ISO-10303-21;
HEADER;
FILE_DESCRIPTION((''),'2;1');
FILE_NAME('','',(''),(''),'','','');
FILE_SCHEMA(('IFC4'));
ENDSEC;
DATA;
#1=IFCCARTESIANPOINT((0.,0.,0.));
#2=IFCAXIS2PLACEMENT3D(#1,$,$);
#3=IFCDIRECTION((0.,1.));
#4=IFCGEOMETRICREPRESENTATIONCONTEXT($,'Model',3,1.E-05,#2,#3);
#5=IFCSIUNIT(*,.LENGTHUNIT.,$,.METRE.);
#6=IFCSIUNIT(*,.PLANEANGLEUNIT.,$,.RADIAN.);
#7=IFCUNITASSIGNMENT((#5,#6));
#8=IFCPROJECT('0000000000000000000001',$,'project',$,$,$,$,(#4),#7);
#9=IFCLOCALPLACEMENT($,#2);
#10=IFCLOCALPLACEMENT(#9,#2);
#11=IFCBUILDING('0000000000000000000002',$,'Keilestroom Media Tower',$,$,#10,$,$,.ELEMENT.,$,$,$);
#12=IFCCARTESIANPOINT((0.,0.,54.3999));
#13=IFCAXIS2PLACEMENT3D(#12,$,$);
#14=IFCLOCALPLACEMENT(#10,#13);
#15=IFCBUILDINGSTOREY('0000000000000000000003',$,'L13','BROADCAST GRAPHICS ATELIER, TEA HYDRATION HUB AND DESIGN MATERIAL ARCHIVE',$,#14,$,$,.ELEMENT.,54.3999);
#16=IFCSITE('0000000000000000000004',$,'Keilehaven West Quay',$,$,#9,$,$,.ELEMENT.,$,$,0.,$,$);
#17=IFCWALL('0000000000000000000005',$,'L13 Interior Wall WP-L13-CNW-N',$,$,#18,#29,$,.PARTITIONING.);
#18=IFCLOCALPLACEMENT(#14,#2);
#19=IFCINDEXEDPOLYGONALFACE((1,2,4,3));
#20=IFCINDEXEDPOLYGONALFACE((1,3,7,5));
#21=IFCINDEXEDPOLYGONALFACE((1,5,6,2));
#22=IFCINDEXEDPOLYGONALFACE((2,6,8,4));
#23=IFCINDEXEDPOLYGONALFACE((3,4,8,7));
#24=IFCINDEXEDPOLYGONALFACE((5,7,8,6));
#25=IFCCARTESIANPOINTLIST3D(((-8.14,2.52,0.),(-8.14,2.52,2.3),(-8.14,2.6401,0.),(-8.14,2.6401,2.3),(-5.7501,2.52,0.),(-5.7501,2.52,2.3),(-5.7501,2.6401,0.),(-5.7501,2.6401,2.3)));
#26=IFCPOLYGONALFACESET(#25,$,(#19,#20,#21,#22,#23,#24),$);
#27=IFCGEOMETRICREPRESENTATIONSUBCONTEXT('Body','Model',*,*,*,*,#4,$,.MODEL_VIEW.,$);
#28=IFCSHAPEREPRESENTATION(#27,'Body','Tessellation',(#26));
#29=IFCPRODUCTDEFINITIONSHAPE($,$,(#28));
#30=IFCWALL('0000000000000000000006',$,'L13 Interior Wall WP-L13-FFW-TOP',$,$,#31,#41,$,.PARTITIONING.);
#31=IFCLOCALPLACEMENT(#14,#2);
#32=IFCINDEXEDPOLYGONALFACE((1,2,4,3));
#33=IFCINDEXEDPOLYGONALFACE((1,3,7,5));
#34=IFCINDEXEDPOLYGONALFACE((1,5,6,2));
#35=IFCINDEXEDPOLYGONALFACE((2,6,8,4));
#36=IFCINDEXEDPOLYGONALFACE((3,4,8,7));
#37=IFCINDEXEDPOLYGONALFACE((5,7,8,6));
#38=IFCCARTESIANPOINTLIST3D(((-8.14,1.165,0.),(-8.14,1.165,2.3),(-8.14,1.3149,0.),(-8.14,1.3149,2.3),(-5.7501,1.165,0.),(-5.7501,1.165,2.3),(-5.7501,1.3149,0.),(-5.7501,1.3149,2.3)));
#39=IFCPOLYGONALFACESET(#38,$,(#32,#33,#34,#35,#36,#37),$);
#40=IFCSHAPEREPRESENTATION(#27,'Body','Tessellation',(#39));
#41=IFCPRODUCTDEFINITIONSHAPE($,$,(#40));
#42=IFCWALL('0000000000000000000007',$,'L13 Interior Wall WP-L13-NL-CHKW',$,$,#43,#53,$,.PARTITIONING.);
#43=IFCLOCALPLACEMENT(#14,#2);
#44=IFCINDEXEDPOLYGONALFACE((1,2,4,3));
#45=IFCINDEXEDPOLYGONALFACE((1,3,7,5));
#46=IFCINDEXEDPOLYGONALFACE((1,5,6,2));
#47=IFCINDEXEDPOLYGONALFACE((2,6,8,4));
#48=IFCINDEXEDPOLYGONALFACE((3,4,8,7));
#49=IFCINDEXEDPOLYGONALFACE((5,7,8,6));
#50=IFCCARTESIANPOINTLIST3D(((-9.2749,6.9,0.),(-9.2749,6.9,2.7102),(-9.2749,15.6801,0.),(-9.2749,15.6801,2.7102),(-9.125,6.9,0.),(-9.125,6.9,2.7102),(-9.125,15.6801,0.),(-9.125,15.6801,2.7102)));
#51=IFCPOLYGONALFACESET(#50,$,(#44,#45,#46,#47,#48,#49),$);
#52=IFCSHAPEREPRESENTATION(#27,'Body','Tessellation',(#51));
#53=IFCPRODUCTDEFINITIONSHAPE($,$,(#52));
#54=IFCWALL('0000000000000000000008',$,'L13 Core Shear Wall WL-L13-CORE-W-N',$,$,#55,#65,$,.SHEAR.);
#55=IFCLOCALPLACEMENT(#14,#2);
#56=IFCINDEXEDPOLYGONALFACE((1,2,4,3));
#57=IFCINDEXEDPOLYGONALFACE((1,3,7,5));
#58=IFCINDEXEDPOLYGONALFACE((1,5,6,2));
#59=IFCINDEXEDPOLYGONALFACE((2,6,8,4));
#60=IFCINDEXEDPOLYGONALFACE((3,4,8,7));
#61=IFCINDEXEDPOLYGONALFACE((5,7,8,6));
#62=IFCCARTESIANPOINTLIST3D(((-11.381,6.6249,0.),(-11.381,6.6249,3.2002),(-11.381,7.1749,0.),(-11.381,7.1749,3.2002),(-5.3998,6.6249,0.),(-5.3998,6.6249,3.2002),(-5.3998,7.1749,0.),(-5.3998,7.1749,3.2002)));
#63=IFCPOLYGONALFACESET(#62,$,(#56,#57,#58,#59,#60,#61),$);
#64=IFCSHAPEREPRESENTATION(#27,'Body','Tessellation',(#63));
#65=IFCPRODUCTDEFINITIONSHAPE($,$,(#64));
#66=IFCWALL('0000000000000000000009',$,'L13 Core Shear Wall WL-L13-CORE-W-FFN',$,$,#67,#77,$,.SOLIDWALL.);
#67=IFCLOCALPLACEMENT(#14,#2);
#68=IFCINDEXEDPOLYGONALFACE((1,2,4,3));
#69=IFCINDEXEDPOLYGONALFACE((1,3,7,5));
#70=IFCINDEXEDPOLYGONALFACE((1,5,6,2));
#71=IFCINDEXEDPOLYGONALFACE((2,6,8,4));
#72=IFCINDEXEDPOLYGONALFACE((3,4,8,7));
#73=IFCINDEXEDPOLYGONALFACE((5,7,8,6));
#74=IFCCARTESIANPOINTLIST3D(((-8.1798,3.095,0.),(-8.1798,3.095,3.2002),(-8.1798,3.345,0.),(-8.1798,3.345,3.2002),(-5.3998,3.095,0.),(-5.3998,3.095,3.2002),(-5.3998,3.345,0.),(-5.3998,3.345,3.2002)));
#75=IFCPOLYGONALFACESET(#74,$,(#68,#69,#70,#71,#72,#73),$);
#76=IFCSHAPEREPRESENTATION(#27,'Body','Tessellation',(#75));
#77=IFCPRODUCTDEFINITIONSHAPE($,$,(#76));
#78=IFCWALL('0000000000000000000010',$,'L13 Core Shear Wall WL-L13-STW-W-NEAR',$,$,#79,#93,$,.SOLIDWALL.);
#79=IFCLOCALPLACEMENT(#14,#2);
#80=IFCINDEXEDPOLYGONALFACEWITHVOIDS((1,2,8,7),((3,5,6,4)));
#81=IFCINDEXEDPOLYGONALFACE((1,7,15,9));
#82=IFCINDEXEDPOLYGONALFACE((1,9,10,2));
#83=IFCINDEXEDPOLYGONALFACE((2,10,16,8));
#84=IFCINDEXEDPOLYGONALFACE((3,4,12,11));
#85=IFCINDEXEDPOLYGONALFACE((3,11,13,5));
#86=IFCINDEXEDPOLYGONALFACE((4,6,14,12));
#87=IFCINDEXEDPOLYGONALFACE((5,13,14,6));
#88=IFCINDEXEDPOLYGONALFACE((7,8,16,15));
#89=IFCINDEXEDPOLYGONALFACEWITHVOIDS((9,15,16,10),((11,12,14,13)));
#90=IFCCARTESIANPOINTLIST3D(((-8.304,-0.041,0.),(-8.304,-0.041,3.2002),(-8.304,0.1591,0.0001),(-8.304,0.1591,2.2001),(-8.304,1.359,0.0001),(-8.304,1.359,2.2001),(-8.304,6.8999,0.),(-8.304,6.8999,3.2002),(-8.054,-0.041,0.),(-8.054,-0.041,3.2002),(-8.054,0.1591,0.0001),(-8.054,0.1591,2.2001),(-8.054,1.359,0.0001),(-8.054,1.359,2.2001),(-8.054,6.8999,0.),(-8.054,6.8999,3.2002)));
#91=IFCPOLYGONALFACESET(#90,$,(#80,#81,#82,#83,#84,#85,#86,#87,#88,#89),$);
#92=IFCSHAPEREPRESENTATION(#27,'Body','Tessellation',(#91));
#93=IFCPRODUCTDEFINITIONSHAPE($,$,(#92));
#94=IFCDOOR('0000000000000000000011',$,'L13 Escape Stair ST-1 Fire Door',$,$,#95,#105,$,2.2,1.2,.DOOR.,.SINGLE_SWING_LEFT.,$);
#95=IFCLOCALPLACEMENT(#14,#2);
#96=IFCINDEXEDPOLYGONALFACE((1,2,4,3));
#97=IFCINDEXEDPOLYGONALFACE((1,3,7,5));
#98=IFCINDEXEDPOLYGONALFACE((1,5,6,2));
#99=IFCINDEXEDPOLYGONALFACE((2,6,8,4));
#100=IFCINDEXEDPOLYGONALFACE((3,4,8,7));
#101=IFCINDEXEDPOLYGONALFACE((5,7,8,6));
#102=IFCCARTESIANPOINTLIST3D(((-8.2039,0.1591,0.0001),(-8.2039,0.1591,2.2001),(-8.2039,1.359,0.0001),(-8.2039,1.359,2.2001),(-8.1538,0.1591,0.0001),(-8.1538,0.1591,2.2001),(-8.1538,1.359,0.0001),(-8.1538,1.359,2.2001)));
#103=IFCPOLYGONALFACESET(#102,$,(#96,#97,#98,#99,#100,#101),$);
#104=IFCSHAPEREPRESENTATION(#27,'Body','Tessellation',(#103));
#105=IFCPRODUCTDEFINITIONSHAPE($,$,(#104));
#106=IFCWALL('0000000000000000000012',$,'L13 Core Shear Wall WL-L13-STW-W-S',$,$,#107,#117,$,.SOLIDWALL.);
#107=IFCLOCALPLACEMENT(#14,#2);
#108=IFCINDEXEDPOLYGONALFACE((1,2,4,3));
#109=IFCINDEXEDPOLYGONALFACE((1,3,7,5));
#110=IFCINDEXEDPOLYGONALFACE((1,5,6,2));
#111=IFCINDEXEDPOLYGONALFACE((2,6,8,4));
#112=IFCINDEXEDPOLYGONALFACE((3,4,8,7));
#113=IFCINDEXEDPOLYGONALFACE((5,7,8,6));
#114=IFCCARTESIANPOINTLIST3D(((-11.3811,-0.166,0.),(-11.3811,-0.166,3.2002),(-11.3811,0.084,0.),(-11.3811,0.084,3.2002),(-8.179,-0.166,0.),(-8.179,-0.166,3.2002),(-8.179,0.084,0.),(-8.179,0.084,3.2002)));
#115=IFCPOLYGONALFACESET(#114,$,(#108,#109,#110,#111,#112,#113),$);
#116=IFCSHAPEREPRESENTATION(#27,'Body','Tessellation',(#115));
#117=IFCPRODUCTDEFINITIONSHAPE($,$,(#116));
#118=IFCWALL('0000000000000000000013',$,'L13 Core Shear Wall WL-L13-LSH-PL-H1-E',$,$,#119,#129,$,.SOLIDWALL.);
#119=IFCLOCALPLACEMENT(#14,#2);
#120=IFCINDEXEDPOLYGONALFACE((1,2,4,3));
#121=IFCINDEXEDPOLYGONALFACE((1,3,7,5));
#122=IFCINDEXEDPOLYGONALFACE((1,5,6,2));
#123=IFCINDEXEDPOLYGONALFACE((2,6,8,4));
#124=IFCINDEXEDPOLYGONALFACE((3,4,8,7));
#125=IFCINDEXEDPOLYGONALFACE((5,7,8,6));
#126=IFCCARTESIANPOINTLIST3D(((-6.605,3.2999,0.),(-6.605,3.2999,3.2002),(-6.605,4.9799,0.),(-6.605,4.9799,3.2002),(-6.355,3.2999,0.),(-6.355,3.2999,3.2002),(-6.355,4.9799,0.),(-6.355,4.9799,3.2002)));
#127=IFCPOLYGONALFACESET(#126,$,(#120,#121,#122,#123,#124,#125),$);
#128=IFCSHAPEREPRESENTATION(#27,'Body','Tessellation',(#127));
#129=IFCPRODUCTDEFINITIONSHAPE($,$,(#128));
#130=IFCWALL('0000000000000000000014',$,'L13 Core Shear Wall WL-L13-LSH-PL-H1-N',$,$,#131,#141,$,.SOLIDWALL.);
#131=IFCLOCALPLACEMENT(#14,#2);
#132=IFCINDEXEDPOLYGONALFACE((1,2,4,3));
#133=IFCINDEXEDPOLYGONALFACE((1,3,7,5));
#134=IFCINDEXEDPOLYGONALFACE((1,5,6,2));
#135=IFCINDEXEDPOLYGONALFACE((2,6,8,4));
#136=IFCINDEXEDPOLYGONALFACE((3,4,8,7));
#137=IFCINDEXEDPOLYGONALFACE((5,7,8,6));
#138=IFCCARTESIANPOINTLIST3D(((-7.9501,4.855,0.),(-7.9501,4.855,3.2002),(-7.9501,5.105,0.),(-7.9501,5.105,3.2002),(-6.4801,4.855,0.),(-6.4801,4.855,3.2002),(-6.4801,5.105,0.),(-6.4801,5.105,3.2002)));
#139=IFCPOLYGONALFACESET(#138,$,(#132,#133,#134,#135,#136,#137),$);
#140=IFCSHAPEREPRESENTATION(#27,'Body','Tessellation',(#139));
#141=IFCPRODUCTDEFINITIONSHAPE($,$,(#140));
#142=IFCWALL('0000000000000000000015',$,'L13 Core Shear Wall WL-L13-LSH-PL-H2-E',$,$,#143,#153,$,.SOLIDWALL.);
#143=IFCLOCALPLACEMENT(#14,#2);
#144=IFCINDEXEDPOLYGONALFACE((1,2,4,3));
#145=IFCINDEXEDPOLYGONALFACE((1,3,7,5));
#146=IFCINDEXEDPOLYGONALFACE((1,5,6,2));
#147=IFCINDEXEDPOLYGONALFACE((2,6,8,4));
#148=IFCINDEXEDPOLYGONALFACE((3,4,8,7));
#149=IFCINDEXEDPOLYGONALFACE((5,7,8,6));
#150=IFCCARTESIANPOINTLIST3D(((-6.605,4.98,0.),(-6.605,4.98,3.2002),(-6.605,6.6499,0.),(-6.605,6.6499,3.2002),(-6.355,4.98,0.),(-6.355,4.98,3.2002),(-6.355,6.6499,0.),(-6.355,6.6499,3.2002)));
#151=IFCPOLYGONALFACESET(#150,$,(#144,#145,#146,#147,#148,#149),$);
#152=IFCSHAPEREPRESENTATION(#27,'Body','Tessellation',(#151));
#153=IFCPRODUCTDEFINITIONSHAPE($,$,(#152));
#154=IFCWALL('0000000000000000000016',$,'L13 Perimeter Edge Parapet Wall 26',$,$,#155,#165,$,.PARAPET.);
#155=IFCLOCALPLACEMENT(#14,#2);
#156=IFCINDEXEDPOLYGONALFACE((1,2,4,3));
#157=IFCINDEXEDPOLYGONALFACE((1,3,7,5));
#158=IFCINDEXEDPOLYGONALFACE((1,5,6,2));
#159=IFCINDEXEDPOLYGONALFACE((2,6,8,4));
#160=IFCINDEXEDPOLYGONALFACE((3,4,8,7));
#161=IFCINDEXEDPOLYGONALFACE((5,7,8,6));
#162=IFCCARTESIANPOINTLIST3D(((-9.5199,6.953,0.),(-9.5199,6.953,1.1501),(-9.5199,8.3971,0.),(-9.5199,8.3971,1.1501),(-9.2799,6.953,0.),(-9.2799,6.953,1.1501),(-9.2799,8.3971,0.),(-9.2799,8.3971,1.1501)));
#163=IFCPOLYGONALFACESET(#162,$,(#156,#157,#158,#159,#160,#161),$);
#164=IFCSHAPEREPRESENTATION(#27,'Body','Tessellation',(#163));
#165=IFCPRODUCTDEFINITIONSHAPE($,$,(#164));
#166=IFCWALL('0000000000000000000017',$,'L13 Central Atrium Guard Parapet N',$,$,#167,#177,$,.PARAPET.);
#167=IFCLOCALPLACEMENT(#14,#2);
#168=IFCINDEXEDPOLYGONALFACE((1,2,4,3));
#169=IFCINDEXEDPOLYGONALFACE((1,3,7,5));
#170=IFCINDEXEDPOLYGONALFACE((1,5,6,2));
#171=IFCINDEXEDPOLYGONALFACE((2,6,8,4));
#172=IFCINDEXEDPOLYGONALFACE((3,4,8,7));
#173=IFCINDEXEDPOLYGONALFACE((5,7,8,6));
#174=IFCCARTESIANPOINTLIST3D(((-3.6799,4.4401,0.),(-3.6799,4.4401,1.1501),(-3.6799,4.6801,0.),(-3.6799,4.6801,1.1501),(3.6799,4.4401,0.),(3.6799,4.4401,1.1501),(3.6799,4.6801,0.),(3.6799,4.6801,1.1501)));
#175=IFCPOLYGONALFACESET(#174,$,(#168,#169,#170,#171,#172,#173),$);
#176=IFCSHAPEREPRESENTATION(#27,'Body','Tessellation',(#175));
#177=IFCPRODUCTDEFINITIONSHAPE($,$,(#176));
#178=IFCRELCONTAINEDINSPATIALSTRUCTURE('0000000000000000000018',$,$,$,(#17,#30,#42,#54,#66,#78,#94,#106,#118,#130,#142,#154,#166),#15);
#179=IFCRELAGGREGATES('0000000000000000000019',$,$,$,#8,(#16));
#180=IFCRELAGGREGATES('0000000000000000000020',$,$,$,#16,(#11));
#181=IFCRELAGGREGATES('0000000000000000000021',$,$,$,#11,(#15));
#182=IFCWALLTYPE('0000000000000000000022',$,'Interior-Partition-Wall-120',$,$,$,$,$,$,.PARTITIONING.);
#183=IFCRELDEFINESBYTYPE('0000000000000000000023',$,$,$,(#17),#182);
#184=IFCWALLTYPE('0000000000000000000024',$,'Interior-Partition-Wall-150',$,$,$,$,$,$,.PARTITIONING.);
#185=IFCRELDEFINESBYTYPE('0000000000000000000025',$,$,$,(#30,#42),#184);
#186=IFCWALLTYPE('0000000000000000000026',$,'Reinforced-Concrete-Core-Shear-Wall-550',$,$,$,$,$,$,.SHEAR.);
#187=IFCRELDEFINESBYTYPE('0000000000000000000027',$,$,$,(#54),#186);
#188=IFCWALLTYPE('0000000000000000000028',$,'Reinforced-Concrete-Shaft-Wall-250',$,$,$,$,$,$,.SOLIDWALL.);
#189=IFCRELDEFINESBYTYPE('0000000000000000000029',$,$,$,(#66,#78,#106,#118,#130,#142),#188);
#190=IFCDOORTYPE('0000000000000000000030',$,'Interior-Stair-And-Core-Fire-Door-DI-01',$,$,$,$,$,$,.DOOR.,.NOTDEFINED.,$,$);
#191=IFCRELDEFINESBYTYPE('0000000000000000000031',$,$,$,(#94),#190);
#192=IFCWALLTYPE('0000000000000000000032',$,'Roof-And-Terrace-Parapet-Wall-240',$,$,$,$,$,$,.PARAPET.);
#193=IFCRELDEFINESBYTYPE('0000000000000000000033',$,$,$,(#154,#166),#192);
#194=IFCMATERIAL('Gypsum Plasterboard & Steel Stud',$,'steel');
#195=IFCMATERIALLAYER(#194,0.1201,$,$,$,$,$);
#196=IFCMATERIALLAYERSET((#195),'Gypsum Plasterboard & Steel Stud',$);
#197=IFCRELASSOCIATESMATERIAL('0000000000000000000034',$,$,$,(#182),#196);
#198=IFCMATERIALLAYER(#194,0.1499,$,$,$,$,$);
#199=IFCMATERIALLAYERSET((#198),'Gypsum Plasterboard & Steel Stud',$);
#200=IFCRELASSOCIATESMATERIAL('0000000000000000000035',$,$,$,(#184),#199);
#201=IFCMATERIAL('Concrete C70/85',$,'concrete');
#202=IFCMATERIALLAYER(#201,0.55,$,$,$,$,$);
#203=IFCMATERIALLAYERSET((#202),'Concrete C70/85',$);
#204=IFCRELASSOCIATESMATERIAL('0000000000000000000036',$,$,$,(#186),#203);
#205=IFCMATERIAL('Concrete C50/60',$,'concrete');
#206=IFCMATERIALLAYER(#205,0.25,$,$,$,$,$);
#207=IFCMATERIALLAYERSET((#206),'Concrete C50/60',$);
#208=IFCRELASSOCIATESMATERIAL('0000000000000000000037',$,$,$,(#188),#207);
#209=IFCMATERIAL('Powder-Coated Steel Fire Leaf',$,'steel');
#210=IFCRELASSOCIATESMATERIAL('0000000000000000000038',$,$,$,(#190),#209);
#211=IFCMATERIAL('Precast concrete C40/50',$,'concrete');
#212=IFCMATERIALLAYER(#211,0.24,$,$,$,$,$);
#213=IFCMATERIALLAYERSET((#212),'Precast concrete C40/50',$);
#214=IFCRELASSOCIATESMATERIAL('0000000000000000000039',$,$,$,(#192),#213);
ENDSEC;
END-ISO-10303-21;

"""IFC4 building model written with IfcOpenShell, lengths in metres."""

from ifc_helpers import new_model, si_unit, direction, frame, frame_2d, origin, place, context, subcontext, project, spatial, rectangle, extrude, source, transform, mapped, material, layer, layer_set, type_object, element, fill, save


model = new_model("IFC4")

# Units and contexts
model_context = context("Model", 3, precision=1e-05, world=origin(), true_north=direction((0.0, 1.0)))
body_context = subcontext(model_context, "Body", "Model", "MODEL_VIEW")
ifc_project = project(units=[si_unit("LENGTHUNIT", "METRE"), si_unit("PLANEANGLEUNIT", "RADIAN")], contexts=[model_context])

# Site, building, storey
site_placement = place(None, origin())
site = spatial("IfcSite", under=ifc_project, at=site_placement, Name="Keilehaven West Quay", CompositionType="ELEMENT", RefElevation=0.0)
building_placement = place(site_placement, origin())
building = spatial("IfcBuilding", under=site, at=building_placement, Name="Keilestroom Media Tower", CompositionType="ELEMENT")
storey_placement = place(building_placement, frame((0.0, 0.0, 54.3999)))
storey = spatial("IfcBuildingStorey", under=building, at=storey_placement, Name="L13", Description="BROADCAST GRAPHICS ATELIER, TEA HYDRATION HUB AND DESIGN MATERIAL ARCHIVE", CompositionType="ELEMENT", Elevation=54.3999)

# Shared definitions
ifc_material_1 = material(Name="Concrete C70/85", Category="concrete")

# Shared definitions
ifc_material_2 = material(Name="Concrete C50/60", Category="concrete")

# Walls
ifc_material_3 = material(Name="Gypsum Plasterboard & Steel Stud", Category="steel")
ifc_layer_1 = layer(ifc_material_3, 0.1201)
ifc_layer_set_1 = layer_set([ifc_layer_1], Name="Gypsum Plasterboard & Steel Stud")
wall_type_1 = type_object("IfcWallType", Name="Interior-Partition-Wall-120", PredefinedType="PARTITIONING", material=ifc_layer_set_1)
wall_1_placement = place(storey_placement, frame((-8.1399, 2.5801, 0.0), z_axis=(0.0, 0.0, 1.0), x_axis=(1.0, 0.0, 0.0)))
element("IfcWall", 1, at=wall_1_placement, inside=storey, type_object=wall_type_1, Name="L13 Interior Wall WP-L13-CNW-N", PredefinedType="PARTITIONING", context=body_context, shape_type="SweptSolid", body=[
    extrude(rectangle(XDim=2.3899, YDim=0.1201, at=frame_2d((1.1948, 0.0))), origin(), (0.0, 0.0, 1.0), 2.3),
])
ifc_layer_2 = layer(ifc_material_3, 0.1499)
ifc_layer_set_2 = layer_set([ifc_layer_2], Name="Gypsum Plasterboard & Steel Stud")
wall_type_2 = type_object("IfcWallType", Name="Interior-Partition-Wall-150", PredefinedType="PARTITIONING", material=ifc_layer_set_2)
wall_2_placement = place(storey_placement, frame((-8.1399, 1.24, 0.0), z_axis=(0.0, 0.0, 1.0), x_axis=(1.0, 0.0, 0.0)))
element("IfcWall", 2, at=wall_2_placement, inside=storey, type_object=wall_type_2, Name="L13 Interior Wall WP-L13-FFW-TOP", PredefinedType="PARTITIONING", context=body_context, shape_type="SweptSolid", body=[
    extrude(rectangle(XDim=2.3899, YDim=0.1499, at=frame_2d((1.1948, 0.0))), origin(), (0.0, 0.0, 1.0), 2.3),
])
wall_3_placement = place(storey_placement, frame((-9.2, 6.8999, 0.0), z_axis=(0.0, 0.0, 1.0), x_axis=(0.0, 1.0, 0.0)))
element("IfcWall", 3, at=wall_3_placement, inside=storey, type_object=wall_type_2, Name="L13 Interior Wall WP-L13-NL-CHKW", PredefinedType="PARTITIONING", context=body_context, shape_type="SweptSolid", body=[
    extrude(rectangle(XDim=8.78, YDim=0.1499, at=frame_2d((4.3901, 0.0))), origin(), (0.0, 0.0, 1.0), 2.7102),
])
ifc_layer_3 = layer(ifc_material_1, 0.55)
ifc_layer_set_3 = layer_set([ifc_layer_3], Name="Concrete C70/85")
wall_type_3 = type_object("IfcWallType", Name="Reinforced-Concrete-Core-Shear-Wall-550", PredefinedType="SHEAR", material=ifc_layer_set_3)
wall_4_placement = place(storey_placement, frame((-11.3811, 6.8999, 0.0), z_axis=(0.0, 0.0, 1.0), x_axis=(1.0, 0.0, 0.0)))
element("IfcWall", 4, at=wall_4_placement, inside=storey, type_object=wall_type_3, Name="L13 Core Shear Wall WL-L13-CORE-W-N", PredefinedType="SHEAR", context=body_context, shape_type="SweptSolid", body=[
    extrude(rectangle(XDim=5.9812, YDim=0.55, at=frame_2d((2.9907, 0.0))), origin(), (0.0, 0.0, 1.0), 3.2002),
])
ifc_layer_4 = layer(ifc_material_2, 0.25)
ifc_layer_set_4 = layer_set([ifc_layer_4], Name="Concrete C50/60")
wall_type_4 = type_object("IfcWallType", Name="Reinforced-Concrete-Shaft-Wall-250", PredefinedType="SOLIDWALL", material=ifc_layer_set_4)
wall_5_placement = place(storey_placement, frame((-8.1799, 3.22, 0.0), z_axis=(0.0, 0.0, 1.0), x_axis=(1.0, 0.0, 0.0)))
element("IfcWall", 5, at=wall_5_placement, inside=storey, type_object=wall_type_4, Name="L13 Core Shear Wall WL-L13-CORE-W-FFN", PredefinedType="SOLIDWALL", context=body_context, shape_type="SweptSolid", body=[
    extrude(rectangle(XDim=2.78, YDim=0.25, at=frame_2d((1.3901, 0.0))), origin(), (0.0, 0.0, 1.0), 3.2002),
])

# Wall, opening, door
wall_6_placement = place(storey_placement, frame((-8.179, -0.041, 0.0), z_axis=(0.0, 0.0, 1.0), x_axis=(0.0, 1.0, 0.0)))
wall_6 = element("IfcWall", 6, at=wall_6_placement, inside=storey, type_object=wall_type_4, Name="L13 Core Shear Wall WL-L13-STW-W-NEAR", PredefinedType="SOLIDWALL", context=body_context, shape_type="SweptSolid", body=[
    extrude(rectangle(XDim=6.9409, YDim=0.25, at=frame_2d((3.4705, 0.0))), origin(), (0.0, 0.0, 1.0), 3.2002),
])
opening_placement = place(wall_6_placement, frame((0.2, 0.0, 0.0)))
opening = element("IfcOpeningElement", 7, at=opening_placement, cuts=wall_6, PredefinedType="OPENING", context=body_context, shape_type="SweptSolid", body=[
    extrude(rectangle(XDim=1.2, YDim=2.2, at=frame_2d((0.6001, 1.1001))), frame((0.0, 0.135, 0.0), z_axis=(0.0, -1.0, 0.0), x_axis=(1.0, 0.0, 0.0)), (0.0, 0.0, 1.0), 0.27),
])
ifc_material_4 = material(Name="Powder-Coated Steel Fire Leaf", Category="steel")
door_type = type_object("IfcDoorType", Name="Interior-Stair-And-Core-Fire-Door-DI-01", OperationType="NOTDEFINED", PredefinedType="DOOR", material=ifc_material_4)
shared_shape_1 = source(origin(), body_context, "Body", "SweptSolid", [
    extrude(rectangle(XDim=1.2, YDim=2.2, at=frame_2d((0.6001, 1.1001))), frame((0.0, 0.0249, 0.0), z_axis=(0.0, -1.0, 0.0), x_axis=(1.0, 0.0, 0.0)), (0.0, 0.0, 1.0), 0.05),
])
door_placement = place(opening_placement, origin())
door = element("IfcDoor", 8, at=door_placement, inside=storey, type_object=door_type, Name="L13 Escape Stair ST-1 Fire Door", OperationType="SINGLE_SWING_LEFT", OverallHeight=2.2, OverallWidth=1.2, PredefinedType="DOOR", context=body_context, shape_type="MappedRepresentation", body=[
    mapped(shared_shape_1, transform((0.0, 0.0, 0.0), x_axis=(1.0, 0.0, 0.0), y_axis=(0.0, 1.0, 0.0), z_axis=(0.0, 0.0, 1.0), scale=1.0)),
])
fill(opening, door)

# Walls
wall_7_placement = place(storey_placement, frame((-11.3811, -0.041, 0.0), z_axis=(0.0, 0.0, 1.0), x_axis=(1.0, 0.0, 0.0)))
element("IfcWall", 9, at=wall_7_placement, inside=storey, type_object=wall_type_4, Name="L13 Core Shear Wall WL-L13-STW-W-S", PredefinedType="SOLIDWALL", context=body_context, shape_type="SweptSolid", body=[
    extrude(rectangle(XDim=3.2021, YDim=0.25, at=frame_2d((1.6011, 0.0))), origin(), (0.0, 0.0, 1.0), 3.2002),
])
wall_8_placement = place(storey_placement, frame((-6.48, 3.3, 0.0), z_axis=(0.0, 0.0, 1.0), x_axis=(0.0, 1.0, 0.0)))
element("IfcWall", 10, at=wall_8_placement, inside=storey, type_object=wall_type_4, Name="L13 Core Shear Wall WL-L13-LSH-PL-H1-E", PredefinedType="SOLIDWALL", context=body_context, shape_type="SweptSolid", body=[
    extrude(rectangle(XDim=1.6799, YDim=0.25, at=frame_2d((0.8398, 0.0))), origin(), (0.0, 0.0, 1.0), 3.2002),
])
wall_9_placement = place(storey_placement, frame((-7.95, 4.98, 0.0), z_axis=(0.0, 0.0, 1.0), x_axis=(1.0, 0.0, 0.0)))
element("IfcWall", 11, at=wall_9_placement, inside=storey, type_object=wall_type_4, Name="L13 Core Shear Wall WL-L13-LSH-PL-H1-N", PredefinedType="SOLIDWALL", context=body_context, shape_type="SweptSolid", body=[
    extrude(rectangle(XDim=1.47, YDim=0.25, at=frame_2d((0.7349, 0.0))), origin(), (0.0, 0.0, 1.0), 3.2002),
])
wall_10_placement = place(storey_placement, frame((-6.48, 4.98, 0.0), z_axis=(0.0, 0.0, 1.0), x_axis=(0.0, 1.0, 0.0)))
element("IfcWall", 12, at=wall_10_placement, inside=storey, type_object=wall_type_4, Name="L13 Core Shear Wall WL-L13-LSH-PL-H2-E", PredefinedType="SOLIDWALL", context=body_context, shape_type="SweptSolid", body=[
    extrude(rectangle(XDim=1.6699, YDim=0.25, at=frame_2d((0.835, 0.0))), origin(), (0.0, 0.0, 1.0), 3.2002),
])
ifc_material_5 = material(Name="Precast concrete C40/50", Category="concrete")
ifc_layer_5 = layer(ifc_material_5, 0.24)
ifc_layer_set_5 = layer_set([ifc_layer_5], Name="Precast concrete C40/50")
wall_type_5 = type_object("IfcWallType", Name="Roof-And-Terrace-Parapet-Wall-240", PredefinedType="PARAPET", material=ifc_layer_set_5)
wall_11_placement = place(storey_placement, frame((-9.3999, 6.9529, 0.0), z_axis=(0.0, 0.0, 1.0), x_axis=(0.0, 1.0, 0.0)))
element("IfcWall", 13, at=wall_11_placement, inside=storey, type_object=wall_type_5, Name="L13 Perimeter Edge Parapet Wall 26", PredefinedType="PARAPET", context=body_context, shape_type="SweptSolid", body=[
    extrude(rectangle(XDim=1.4441, YDim=0.24, at=frame_2d((0.7222, 0.0))), origin(), (0.0, 0.0, 1.0), 1.1501),
])
wall_12_placement = place(storey_placement, frame((-3.6799, 4.5601, 0.0), z_axis=(0.0, 0.0, 1.0), x_axis=(1.0, 0.0, 0.0)))
element("IfcWall", 14, at=wall_12_placement, inside=storey, type_object=wall_type_5, Name="L13 Central Atrium Guard Parapet N", PredefinedType="PARAPET", context=body_context, shape_type="SweptSolid", body=[
    extrude(rectangle(XDim=7.3599, YDim=0.24, at=frame_2d((3.6799, 0.0))), origin(), (0.0, 0.0, 1.0), 1.1501),
])

save(model, "model.ifc")
